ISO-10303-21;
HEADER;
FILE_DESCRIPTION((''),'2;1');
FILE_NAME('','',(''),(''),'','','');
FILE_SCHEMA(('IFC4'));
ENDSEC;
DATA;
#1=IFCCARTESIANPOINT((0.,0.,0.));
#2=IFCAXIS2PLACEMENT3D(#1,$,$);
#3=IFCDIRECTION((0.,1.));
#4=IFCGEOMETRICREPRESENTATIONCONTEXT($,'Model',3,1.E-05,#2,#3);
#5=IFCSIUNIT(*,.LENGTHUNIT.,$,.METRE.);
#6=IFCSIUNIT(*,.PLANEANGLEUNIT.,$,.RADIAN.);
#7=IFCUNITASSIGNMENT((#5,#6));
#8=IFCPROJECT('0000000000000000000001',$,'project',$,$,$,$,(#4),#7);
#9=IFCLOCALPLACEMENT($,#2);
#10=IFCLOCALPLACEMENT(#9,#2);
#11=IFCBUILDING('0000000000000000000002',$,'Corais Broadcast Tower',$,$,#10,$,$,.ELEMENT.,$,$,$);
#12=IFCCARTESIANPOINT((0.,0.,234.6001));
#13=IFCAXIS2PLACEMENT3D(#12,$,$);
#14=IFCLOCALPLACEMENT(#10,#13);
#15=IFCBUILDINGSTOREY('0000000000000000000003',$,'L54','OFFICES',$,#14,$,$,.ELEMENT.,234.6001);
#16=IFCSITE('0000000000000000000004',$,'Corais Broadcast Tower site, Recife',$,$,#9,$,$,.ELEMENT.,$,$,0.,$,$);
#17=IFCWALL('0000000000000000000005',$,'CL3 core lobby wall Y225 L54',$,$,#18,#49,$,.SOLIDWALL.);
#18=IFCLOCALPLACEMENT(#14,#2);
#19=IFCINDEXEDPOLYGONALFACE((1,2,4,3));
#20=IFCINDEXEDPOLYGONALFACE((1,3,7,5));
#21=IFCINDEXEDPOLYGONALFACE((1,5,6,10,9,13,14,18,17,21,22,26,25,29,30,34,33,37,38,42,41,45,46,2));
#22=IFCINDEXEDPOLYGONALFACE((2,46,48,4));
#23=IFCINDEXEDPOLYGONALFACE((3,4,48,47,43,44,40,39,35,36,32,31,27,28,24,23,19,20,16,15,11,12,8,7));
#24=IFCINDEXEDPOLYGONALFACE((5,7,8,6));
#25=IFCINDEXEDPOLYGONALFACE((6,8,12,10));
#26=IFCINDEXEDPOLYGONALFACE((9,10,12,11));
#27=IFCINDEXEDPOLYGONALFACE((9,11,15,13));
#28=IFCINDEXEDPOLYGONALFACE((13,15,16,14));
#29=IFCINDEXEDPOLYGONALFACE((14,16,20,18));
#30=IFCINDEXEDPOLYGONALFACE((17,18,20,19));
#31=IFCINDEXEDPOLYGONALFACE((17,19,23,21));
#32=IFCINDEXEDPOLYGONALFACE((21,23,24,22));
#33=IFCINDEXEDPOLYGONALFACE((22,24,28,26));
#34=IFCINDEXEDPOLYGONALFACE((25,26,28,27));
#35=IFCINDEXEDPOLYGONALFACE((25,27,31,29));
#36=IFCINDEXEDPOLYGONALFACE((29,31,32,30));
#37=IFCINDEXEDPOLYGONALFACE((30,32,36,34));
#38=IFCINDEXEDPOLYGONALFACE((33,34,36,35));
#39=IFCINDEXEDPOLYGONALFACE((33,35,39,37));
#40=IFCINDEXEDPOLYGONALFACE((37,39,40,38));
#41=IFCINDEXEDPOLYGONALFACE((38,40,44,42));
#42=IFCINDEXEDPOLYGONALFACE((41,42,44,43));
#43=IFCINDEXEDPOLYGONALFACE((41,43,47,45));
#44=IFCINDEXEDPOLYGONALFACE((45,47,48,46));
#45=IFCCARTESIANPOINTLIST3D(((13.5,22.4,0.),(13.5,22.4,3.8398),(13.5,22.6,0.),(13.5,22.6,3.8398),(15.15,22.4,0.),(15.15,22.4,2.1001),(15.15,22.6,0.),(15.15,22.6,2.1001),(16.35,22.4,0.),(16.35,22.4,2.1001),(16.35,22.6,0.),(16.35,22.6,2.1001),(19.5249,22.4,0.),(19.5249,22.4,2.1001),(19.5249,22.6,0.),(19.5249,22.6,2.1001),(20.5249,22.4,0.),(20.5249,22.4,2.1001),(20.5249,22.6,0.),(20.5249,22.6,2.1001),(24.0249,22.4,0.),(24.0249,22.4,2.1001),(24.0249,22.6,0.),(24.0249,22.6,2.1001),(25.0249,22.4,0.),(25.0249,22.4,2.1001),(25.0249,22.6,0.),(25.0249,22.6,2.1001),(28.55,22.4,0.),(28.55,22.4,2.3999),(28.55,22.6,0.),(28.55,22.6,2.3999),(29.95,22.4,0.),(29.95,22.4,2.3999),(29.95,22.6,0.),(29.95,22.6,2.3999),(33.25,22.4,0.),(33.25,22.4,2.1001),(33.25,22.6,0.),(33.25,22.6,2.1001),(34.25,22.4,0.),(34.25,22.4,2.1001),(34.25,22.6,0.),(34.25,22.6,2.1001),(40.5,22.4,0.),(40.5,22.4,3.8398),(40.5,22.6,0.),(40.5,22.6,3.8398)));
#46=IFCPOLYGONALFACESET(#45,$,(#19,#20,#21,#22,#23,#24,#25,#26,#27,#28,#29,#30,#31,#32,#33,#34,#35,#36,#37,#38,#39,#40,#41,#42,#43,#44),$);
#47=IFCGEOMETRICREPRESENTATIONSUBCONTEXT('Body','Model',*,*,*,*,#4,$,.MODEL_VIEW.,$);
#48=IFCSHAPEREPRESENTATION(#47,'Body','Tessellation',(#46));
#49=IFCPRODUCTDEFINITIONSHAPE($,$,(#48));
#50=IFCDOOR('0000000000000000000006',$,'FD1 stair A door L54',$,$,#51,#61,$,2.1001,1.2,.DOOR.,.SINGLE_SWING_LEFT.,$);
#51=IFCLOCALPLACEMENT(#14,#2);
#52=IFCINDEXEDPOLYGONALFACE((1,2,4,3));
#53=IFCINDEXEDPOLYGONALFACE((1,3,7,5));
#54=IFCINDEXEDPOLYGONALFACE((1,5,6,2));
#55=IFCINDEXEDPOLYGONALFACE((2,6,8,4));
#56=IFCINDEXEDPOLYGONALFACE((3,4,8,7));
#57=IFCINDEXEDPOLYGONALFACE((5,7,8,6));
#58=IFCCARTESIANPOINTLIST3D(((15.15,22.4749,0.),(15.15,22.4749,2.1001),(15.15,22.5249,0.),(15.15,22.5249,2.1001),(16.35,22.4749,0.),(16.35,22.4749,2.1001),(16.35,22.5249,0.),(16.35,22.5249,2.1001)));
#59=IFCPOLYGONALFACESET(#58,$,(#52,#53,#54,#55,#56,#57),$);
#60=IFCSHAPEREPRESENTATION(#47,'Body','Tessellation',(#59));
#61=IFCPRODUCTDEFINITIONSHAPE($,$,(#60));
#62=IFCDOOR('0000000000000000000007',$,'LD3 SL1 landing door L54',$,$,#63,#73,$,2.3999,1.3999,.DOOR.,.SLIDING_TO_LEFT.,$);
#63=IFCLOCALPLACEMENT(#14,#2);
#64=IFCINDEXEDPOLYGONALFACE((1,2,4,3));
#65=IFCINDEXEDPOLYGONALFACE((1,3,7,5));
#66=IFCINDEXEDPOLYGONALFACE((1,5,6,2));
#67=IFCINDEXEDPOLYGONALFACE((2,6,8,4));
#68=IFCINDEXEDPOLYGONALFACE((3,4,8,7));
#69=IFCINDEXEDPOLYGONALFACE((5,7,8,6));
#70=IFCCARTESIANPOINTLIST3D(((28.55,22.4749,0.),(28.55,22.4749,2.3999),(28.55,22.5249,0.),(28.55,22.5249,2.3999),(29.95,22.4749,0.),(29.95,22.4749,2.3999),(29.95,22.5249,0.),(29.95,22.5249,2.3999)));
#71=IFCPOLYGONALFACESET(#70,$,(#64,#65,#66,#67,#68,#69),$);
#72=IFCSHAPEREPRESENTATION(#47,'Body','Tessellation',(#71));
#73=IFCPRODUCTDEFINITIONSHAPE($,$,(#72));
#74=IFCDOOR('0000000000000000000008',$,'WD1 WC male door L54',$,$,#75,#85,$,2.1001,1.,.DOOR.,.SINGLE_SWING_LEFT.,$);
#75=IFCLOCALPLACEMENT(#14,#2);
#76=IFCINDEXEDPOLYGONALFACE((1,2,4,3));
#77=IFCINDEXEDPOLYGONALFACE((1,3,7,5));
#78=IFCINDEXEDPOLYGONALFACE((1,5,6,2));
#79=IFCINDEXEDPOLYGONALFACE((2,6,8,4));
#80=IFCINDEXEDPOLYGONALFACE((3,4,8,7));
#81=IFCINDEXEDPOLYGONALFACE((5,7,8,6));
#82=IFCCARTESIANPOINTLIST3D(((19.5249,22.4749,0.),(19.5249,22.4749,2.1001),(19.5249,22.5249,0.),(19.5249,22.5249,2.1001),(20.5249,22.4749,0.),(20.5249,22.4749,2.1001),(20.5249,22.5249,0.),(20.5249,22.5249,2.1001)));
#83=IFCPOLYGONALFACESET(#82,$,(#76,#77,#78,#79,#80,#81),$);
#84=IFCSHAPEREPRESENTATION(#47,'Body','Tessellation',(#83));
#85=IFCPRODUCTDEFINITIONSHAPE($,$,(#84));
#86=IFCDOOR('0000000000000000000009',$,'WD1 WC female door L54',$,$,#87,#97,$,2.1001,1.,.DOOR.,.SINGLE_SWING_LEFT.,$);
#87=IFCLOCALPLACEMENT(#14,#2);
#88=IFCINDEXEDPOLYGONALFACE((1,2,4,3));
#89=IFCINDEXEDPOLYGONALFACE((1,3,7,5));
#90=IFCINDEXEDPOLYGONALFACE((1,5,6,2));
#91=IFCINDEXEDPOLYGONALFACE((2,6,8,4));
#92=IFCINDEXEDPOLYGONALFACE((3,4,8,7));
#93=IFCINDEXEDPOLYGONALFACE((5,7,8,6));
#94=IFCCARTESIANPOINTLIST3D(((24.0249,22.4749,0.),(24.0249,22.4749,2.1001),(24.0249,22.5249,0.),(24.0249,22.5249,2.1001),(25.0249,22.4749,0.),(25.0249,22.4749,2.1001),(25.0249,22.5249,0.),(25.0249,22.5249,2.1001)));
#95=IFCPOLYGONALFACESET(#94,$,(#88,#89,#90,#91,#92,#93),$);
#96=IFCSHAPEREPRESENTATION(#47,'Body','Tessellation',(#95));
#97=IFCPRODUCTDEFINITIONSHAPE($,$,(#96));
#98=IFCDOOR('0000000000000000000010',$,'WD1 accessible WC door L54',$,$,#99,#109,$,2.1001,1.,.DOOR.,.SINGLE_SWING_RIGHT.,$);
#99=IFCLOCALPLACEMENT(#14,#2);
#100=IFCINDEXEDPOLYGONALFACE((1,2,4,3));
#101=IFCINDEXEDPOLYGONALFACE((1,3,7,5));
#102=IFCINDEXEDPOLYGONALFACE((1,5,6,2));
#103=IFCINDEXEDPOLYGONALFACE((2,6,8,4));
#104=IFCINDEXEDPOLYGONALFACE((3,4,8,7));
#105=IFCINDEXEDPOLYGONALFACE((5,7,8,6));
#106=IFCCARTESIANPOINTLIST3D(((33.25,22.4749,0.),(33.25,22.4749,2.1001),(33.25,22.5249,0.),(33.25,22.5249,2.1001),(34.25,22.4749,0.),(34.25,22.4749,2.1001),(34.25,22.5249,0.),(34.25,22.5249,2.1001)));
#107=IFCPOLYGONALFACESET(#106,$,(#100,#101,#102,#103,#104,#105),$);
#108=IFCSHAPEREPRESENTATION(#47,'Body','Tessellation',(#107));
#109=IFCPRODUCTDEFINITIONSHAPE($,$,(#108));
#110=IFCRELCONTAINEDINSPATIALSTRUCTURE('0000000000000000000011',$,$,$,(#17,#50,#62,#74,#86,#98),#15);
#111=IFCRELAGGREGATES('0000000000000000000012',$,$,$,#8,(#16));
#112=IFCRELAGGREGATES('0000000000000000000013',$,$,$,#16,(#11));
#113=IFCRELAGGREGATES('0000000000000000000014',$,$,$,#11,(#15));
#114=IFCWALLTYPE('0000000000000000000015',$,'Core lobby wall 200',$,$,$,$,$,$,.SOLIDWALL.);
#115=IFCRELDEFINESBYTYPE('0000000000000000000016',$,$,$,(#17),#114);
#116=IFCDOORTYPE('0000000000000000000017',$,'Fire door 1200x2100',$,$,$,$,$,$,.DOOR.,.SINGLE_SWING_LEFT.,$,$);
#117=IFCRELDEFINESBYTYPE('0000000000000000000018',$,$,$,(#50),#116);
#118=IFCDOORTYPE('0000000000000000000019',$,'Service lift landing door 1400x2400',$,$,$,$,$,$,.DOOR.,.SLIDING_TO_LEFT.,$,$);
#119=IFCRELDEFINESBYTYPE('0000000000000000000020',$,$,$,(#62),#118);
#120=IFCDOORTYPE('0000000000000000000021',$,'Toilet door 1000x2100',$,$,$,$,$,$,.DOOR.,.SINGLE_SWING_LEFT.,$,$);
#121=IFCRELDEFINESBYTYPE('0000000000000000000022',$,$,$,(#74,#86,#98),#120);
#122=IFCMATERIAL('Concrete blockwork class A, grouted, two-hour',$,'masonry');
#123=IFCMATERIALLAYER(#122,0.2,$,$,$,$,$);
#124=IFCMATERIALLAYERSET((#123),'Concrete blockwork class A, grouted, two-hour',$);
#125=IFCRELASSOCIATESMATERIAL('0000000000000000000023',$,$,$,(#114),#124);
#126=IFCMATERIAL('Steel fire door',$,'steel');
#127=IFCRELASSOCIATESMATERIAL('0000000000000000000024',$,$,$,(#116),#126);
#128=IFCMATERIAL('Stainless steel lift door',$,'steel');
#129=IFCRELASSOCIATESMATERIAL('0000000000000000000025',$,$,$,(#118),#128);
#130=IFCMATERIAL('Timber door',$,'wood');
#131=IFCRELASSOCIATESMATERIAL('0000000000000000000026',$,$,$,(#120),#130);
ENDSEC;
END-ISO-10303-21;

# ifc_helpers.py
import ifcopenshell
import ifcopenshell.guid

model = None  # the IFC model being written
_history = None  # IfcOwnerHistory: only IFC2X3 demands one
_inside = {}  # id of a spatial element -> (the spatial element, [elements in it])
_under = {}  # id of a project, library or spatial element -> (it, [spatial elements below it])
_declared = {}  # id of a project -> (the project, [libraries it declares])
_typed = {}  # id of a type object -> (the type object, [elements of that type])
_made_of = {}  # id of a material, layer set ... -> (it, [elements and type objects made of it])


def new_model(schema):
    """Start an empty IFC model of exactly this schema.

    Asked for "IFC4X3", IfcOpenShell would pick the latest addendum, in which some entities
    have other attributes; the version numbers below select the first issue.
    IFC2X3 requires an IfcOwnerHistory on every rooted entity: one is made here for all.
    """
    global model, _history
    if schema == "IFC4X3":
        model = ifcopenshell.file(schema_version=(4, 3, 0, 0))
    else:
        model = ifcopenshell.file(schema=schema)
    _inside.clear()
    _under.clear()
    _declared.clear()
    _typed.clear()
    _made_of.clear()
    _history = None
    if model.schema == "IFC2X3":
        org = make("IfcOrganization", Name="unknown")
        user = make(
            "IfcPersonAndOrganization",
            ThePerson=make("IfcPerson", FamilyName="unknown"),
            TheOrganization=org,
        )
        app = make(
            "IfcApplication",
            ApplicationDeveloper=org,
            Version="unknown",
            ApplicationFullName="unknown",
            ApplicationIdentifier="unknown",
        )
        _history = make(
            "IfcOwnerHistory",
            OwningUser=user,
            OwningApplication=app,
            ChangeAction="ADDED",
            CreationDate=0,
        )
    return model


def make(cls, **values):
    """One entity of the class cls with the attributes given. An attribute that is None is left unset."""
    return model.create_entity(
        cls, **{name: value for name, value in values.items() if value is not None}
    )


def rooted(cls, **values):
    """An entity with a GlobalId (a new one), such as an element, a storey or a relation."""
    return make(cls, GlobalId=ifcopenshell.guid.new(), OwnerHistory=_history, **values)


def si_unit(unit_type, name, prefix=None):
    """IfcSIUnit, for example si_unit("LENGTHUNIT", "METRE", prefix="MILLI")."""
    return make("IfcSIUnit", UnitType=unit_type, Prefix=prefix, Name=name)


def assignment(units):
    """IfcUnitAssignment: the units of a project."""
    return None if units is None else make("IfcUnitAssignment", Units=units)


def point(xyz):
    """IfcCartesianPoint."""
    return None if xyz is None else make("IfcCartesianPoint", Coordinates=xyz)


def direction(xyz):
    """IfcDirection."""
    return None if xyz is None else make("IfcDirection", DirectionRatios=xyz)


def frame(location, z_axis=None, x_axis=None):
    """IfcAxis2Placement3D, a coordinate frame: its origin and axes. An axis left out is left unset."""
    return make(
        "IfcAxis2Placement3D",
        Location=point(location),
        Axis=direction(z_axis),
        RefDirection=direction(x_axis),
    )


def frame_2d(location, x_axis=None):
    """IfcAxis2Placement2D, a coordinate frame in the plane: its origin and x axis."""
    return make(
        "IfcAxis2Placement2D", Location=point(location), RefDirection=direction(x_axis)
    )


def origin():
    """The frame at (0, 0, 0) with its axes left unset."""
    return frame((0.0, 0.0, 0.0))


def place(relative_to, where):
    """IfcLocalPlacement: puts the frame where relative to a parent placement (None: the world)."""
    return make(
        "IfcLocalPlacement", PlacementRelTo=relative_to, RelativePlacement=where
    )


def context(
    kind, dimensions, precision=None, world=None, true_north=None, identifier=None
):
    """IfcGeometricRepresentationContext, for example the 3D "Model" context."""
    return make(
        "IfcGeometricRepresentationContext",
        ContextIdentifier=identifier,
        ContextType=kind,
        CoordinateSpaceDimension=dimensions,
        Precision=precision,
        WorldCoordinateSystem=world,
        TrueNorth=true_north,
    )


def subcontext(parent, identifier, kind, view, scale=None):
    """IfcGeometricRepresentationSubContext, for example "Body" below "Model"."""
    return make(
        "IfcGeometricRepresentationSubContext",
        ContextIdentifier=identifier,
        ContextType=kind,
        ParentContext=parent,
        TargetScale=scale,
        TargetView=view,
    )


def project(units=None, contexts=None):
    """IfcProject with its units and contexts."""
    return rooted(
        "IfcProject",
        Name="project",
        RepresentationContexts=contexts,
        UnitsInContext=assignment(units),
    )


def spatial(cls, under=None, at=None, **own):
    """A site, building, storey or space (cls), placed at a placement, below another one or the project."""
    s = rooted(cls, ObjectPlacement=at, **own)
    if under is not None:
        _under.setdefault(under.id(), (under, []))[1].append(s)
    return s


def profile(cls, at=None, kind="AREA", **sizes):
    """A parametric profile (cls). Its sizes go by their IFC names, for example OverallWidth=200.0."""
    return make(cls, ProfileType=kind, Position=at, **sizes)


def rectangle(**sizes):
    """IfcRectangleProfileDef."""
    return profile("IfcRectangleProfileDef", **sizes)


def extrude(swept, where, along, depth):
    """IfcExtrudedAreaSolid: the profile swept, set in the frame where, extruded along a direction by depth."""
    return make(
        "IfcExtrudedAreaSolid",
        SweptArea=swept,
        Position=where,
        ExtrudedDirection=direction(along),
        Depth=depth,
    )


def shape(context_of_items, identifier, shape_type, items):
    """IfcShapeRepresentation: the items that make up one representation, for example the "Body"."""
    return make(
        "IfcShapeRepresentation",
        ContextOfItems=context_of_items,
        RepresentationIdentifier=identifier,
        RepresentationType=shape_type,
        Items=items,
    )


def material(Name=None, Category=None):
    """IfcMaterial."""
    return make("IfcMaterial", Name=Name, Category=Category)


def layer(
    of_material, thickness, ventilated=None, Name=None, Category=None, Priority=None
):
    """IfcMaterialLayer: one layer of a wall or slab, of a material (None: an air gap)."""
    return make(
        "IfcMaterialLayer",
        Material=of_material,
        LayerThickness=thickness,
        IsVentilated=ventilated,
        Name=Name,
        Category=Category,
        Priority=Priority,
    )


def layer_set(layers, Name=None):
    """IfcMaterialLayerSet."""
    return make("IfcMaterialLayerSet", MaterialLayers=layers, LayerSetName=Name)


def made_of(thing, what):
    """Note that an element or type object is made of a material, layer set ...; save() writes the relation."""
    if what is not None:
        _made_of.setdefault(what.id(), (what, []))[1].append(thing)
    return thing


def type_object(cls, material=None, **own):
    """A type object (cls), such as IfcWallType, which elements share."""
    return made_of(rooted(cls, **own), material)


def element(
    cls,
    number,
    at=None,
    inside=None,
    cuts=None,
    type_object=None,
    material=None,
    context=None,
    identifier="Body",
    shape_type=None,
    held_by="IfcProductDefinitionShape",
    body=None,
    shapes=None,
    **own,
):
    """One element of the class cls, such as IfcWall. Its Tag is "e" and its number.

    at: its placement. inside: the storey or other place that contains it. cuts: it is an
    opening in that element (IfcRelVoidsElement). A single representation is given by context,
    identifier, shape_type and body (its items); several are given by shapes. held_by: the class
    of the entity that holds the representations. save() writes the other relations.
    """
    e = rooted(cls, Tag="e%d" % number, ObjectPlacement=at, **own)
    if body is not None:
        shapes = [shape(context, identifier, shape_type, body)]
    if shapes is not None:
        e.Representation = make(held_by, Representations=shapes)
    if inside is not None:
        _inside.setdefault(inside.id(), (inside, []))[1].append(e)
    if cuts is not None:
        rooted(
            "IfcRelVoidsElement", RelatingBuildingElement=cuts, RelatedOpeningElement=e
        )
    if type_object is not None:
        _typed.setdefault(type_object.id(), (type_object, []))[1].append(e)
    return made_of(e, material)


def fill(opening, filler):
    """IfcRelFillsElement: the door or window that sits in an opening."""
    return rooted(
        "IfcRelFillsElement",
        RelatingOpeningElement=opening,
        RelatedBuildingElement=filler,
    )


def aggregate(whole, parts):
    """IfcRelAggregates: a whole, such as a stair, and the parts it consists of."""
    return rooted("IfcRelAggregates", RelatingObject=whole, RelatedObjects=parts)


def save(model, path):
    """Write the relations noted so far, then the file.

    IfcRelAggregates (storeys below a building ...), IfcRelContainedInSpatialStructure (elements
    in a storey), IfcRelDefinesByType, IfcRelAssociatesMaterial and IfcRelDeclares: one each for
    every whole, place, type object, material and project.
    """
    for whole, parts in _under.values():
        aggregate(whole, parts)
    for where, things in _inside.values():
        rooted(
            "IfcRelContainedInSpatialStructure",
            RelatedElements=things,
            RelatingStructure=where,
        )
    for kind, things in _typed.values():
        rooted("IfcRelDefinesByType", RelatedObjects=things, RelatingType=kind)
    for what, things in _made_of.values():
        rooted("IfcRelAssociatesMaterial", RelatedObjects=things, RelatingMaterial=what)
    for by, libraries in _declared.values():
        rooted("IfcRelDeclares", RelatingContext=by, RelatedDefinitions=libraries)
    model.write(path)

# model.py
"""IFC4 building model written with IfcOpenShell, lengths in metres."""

from ifc_helpers import new_model, si_unit, direction, frame, frame_2d, origin, place, context, subcontext, project, spatial, rectangle, extrude, material, layer, layer_set, type_object, element, fill, save


model = new_model("IFC4")

# Units and contexts
model_context = context("Model", 3, precision=1e-05, world=origin(), true_north=direction((0.0, 1.0)))
body_context = subcontext(model_context, "Body", "Model", "MODEL_VIEW")
ifc_project = project(units=[si_unit("LENGTHUNIT", "METRE"), si_unit("PLANEANGLEUNIT", "RADIAN")], contexts=[model_context])

# Site, building, storey
site_placement = place(None, origin())
site = spatial("IfcSite", under=ifc_project, at=site_placement, Name="Corais Broadcast Tower site, Recife", CompositionType="ELEMENT", RefElevation=0.0)
building_placement = place(site_placement, origin())
building = spatial("IfcBuilding", under=site, at=building_placement, Name="Corais Broadcast Tower", CompositionType="ELEMENT")
storey_placement = place(building_placement, frame((0.0, 0.0, 234.6001)))
storey = spatial("IfcBuildingStorey", under=building, at=storey_placement, Name="L54", Description="OFFICES", CompositionType="ELEMENT", Elevation=234.6001)

# Wall, openings, doors
ifc_material_1 = material(Name="Concrete blockwork class A, grouted, two-hour", Category="masonry")
ifc_layer_1 = layer(ifc_material_1, 0.2)
ifc_layer_set_1 = layer_set([ifc_layer_1], Name="Concrete blockwork class A, grouted, two-hour")
wall_type_1 = type_object("IfcWallType", Name="Core lobby wall 200", PredefinedType="SOLIDWALL", material=ifc_layer_set_1)
wall_1_placement = place(storey_placement, frame((13.5, 22.5, 0.0), z_axis=(0.0, 0.0, 1.0), x_axis=(1.0, 0.0, 0.0)))
wall_1 = element("IfcWall", 1, at=wall_1_placement, inside=storey, type_object=wall_type_1, Name="CL3 core lobby wall Y225 L54", PredefinedType="SOLIDWALL", context=body_context, shape_type="SweptSolid", body=[
    extrude(rectangle(XDim=27.0, YDim=0.2, at=frame_2d((13.5, 0.0))), origin(), (0.0, 0.0, 1.0), 3.8398),
])
opening_1_placement = place(wall_1_placement, frame((1.6499, 0.0, 0.0)))
opening_1 = element("IfcOpeningElement", 2, at=opening_1_placement, cuts=wall_1, PredefinedType="OPENING", context=body_context, shape_type="SweptSolid", body=[
    extrude(rectangle(XDim=1.2, YDim=2.1001, at=frame_2d((0.6001, 1.05))), frame((0.0, 0.1099, 0.0), z_axis=(0.0, -1.0, 0.0), x_axis=(1.0, 0.0, 0.0)), (0.0, 0.0, 1.0), 0.22),
])
opening_2_placement = place(wall_1_placement, frame((6.0249, 0.0, 0.0)))
opening_2 = element("IfcOpeningElement", 3, at=opening_2_placement, cuts=wall_1, PredefinedType="OPENING", context=body_context, shape_type="SweptSolid", body=[
    extrude(rectangle(XDim=1.0, YDim=2.1001, at=frame_2d((0.5, 1.05))), frame((0.0, 0.1099, 0.0), z_axis=(0.0, -1.0, 0.0), x_axis=(1.0, 0.0, 0.0)), (0.0, 0.0, 1.0), 0.22),
])
opening_3_placement = place(wall_1_placement, frame((10.5249, 0.0, 0.0)))
opening_3 = element("IfcOpeningElement", 4, at=opening_3_placement, cuts=wall_1, PredefinedType="OPENING", context=body_context, shape_type="SweptSolid", body=[
    extrude(rectangle(XDim=1.0, YDim=2.1001, at=frame_2d((0.5, 1.05))), frame((0.0, 0.1099, 0.0), z_axis=(0.0, -1.0, 0.0), x_axis=(1.0, 0.0, 0.0)), (0.0, 0.0, 1.0), 0.22),
])
opening_4_placement = place(wall_1_placement, frame((19.75, 0.0, 0.0)))
opening_4 = element("IfcOpeningElement", 5, at=opening_4_placement, cuts=wall_1, PredefinedType="OPENING", context=body_context, shape_type="SweptSolid", body=[
    extrude(rectangle(XDim=1.0, YDim=2.1001, at=frame_2d((0.5, 1.05))), frame((0.0, 0.1099, 0.0), z_axis=(0.0, -1.0, 0.0), x_axis=(1.0, 0.0, 0.0)), (0.0, 0.0, 1.0), 0.22),
])
opening_5_placement = place(wall_1_placement, frame((15.05, 0.0, 0.0)))
opening_5 = element("IfcOpeningElement", 6, at=opening_5_placement, cuts=wall_1, PredefinedType="OPENING", context=body_context, shape_type="SweptSolid", body=[
    extrude(rectangle(XDim=1.3999, YDim=2.3999, at=frame_2d((0.7, 1.2))), frame((0.0, 0.1099, 0.0), z_axis=(0.0, -1.0, 0.0), x_axis=(1.0, 0.0, 0.0)), (0.0, 0.0, 1.0), 0.22),
])
ifc_material_2 = material(Name="Steel fire door", Category="steel")
door_type_1 = type_object("IfcDoorType", Name="Fire door 1200x2100", OperationType="SINGLE_SWING_LEFT", PredefinedType="DOOR", material=ifc_material_2)
door_1_placement = place(opening_1_placement, origin())
door_1 = element("IfcDoor", 7, at=door_1_placement, inside=storey, type_object=door_type_1, Name="FD1 stair A door L54", OperationType="SINGLE_SWING_LEFT", OverallHeight=2.1001, OverallWidth=1.2, PredefinedType="DOOR", context=body_context, shape_type="SweptSolid", body=[
    extrude(rectangle(XDim=1.2, YDim=2.1001, at=frame_2d((0.6001, 1.05))), frame((0.0, 0.0249, 0.0), z_axis=(0.0, -1.0, 0.0), x_axis=(1.0, 0.0, 0.0)), (0.0, 0.0, 1.0), 0.05),
])
fill(opening_1, door_1)
ifc_material_3 = material(Name="Stainless steel lift door", Category="steel")
door_type_2 = type_object("IfcDoorType", Name="Service lift landing door 1400x2400", OperationType="SLIDING_TO_LEFT", PredefinedType="DOOR", material=ifc_material_3)
door_2_placement = place(opening_5_placement, origin())
door_2 = element("IfcDoor", 8, at=door_2_placement, inside=storey, type_object=door_type_2, Name="LD3 SL1 landing door L54", OperationType="SLIDING_TO_LEFT", OverallHeight=2.3999, OverallWidth=1.3999, PredefinedType="DOOR", context=body_context, shape_type="SweptSolid", body=[
    extrude(rectangle(XDim=1.3999, YDim=2.3999, at=frame_2d((0.7, 1.2))), frame((0.0, 0.0249, 0.0), z_axis=(0.0, -1.0, 0.0), x_axis=(1.0, 0.0, 0.0)), (0.0, 0.0, 1.0), 0.05),
])
fill(opening_5, door_2)
ifc_material_4 = material(Name="Timber door", Category="wood")
door_type_3 = type_object("IfcDoorType", Name="Toilet door 1000x2100", OperationType="SINGLE_SWING_LEFT", PredefinedType="DOOR", material=ifc_material_4)
door_3_placement = place(opening_2_placement, origin())
door_3 = element("IfcDoor", 9, at=door_3_placement, inside=storey, type_object=door_type_3, Name="WD1 WC male door L54", OperationType="SINGLE_SWING_LEFT", OverallHeight=2.1001, OverallWidth=1.0, PredefinedType="DOOR", context=body_context, shape_type="SweptSolid", body=[
    extrude(rectangle(XDim=1.0, YDim=2.1001, at=frame_2d((0.5, 1.05))), frame((0.0, 0.0249, 0.0), z_axis=(0.0, -1.0, 0.0), x_axis=(1.0, 0.0, 0.0)), (0.0, 0.0, 1.0), 0.05),
])
fill(opening_2, door_3)
door_4_placement = place(opening_3_placement, origin())
door_4 = element("IfcDoor", 10, at=door_4_placement, inside=storey, type_object=door_type_3, Name="WD1 WC female door L54", OperationType="SINGLE_SWING_LEFT", OverallHeight=2.1001, OverallWidth=1.0, PredefinedType="DOOR", context=body_context, shape_type="SweptSolid", body=[
    extrude(rectangle(XDim=1.0, YDim=2.1001, at=frame_2d((0.5, 1.05))), frame((0.0, 0.0249, 0.0), z_axis=(0.0, -1.0, 0.0), x_axis=(1.0, 0.0, 0.0)), (0.0, 0.0, 1.0), 0.05),
])
fill(opening_3, door_4)
door_5_placement = place(opening_4_placement, origin())
door_5 = element("IfcDoor", 11, at=door_5_placement, inside=storey, type_object=door_type_3, Name="WD1 accessible WC door L54", OperationType="SINGLE_SWING_RIGHT", OverallHeight=2.1001, OverallWidth=1.0, PredefinedType="DOOR", context=body_context, shape_type="SweptSolid", body=[
    extrude(rectangle(XDim=1.0, YDim=2.1001, at=frame_2d((0.5, 1.05))), frame((0.0, 0.0249, 0.0), z_axis=(0.0, -1.0, 0.0), x_axis=(1.0, 0.0, 0.0)), (0.0, 0.0, 1.0), 0.05),
])
fill(opening_4, door_5)

save(model, "model.ifc")
